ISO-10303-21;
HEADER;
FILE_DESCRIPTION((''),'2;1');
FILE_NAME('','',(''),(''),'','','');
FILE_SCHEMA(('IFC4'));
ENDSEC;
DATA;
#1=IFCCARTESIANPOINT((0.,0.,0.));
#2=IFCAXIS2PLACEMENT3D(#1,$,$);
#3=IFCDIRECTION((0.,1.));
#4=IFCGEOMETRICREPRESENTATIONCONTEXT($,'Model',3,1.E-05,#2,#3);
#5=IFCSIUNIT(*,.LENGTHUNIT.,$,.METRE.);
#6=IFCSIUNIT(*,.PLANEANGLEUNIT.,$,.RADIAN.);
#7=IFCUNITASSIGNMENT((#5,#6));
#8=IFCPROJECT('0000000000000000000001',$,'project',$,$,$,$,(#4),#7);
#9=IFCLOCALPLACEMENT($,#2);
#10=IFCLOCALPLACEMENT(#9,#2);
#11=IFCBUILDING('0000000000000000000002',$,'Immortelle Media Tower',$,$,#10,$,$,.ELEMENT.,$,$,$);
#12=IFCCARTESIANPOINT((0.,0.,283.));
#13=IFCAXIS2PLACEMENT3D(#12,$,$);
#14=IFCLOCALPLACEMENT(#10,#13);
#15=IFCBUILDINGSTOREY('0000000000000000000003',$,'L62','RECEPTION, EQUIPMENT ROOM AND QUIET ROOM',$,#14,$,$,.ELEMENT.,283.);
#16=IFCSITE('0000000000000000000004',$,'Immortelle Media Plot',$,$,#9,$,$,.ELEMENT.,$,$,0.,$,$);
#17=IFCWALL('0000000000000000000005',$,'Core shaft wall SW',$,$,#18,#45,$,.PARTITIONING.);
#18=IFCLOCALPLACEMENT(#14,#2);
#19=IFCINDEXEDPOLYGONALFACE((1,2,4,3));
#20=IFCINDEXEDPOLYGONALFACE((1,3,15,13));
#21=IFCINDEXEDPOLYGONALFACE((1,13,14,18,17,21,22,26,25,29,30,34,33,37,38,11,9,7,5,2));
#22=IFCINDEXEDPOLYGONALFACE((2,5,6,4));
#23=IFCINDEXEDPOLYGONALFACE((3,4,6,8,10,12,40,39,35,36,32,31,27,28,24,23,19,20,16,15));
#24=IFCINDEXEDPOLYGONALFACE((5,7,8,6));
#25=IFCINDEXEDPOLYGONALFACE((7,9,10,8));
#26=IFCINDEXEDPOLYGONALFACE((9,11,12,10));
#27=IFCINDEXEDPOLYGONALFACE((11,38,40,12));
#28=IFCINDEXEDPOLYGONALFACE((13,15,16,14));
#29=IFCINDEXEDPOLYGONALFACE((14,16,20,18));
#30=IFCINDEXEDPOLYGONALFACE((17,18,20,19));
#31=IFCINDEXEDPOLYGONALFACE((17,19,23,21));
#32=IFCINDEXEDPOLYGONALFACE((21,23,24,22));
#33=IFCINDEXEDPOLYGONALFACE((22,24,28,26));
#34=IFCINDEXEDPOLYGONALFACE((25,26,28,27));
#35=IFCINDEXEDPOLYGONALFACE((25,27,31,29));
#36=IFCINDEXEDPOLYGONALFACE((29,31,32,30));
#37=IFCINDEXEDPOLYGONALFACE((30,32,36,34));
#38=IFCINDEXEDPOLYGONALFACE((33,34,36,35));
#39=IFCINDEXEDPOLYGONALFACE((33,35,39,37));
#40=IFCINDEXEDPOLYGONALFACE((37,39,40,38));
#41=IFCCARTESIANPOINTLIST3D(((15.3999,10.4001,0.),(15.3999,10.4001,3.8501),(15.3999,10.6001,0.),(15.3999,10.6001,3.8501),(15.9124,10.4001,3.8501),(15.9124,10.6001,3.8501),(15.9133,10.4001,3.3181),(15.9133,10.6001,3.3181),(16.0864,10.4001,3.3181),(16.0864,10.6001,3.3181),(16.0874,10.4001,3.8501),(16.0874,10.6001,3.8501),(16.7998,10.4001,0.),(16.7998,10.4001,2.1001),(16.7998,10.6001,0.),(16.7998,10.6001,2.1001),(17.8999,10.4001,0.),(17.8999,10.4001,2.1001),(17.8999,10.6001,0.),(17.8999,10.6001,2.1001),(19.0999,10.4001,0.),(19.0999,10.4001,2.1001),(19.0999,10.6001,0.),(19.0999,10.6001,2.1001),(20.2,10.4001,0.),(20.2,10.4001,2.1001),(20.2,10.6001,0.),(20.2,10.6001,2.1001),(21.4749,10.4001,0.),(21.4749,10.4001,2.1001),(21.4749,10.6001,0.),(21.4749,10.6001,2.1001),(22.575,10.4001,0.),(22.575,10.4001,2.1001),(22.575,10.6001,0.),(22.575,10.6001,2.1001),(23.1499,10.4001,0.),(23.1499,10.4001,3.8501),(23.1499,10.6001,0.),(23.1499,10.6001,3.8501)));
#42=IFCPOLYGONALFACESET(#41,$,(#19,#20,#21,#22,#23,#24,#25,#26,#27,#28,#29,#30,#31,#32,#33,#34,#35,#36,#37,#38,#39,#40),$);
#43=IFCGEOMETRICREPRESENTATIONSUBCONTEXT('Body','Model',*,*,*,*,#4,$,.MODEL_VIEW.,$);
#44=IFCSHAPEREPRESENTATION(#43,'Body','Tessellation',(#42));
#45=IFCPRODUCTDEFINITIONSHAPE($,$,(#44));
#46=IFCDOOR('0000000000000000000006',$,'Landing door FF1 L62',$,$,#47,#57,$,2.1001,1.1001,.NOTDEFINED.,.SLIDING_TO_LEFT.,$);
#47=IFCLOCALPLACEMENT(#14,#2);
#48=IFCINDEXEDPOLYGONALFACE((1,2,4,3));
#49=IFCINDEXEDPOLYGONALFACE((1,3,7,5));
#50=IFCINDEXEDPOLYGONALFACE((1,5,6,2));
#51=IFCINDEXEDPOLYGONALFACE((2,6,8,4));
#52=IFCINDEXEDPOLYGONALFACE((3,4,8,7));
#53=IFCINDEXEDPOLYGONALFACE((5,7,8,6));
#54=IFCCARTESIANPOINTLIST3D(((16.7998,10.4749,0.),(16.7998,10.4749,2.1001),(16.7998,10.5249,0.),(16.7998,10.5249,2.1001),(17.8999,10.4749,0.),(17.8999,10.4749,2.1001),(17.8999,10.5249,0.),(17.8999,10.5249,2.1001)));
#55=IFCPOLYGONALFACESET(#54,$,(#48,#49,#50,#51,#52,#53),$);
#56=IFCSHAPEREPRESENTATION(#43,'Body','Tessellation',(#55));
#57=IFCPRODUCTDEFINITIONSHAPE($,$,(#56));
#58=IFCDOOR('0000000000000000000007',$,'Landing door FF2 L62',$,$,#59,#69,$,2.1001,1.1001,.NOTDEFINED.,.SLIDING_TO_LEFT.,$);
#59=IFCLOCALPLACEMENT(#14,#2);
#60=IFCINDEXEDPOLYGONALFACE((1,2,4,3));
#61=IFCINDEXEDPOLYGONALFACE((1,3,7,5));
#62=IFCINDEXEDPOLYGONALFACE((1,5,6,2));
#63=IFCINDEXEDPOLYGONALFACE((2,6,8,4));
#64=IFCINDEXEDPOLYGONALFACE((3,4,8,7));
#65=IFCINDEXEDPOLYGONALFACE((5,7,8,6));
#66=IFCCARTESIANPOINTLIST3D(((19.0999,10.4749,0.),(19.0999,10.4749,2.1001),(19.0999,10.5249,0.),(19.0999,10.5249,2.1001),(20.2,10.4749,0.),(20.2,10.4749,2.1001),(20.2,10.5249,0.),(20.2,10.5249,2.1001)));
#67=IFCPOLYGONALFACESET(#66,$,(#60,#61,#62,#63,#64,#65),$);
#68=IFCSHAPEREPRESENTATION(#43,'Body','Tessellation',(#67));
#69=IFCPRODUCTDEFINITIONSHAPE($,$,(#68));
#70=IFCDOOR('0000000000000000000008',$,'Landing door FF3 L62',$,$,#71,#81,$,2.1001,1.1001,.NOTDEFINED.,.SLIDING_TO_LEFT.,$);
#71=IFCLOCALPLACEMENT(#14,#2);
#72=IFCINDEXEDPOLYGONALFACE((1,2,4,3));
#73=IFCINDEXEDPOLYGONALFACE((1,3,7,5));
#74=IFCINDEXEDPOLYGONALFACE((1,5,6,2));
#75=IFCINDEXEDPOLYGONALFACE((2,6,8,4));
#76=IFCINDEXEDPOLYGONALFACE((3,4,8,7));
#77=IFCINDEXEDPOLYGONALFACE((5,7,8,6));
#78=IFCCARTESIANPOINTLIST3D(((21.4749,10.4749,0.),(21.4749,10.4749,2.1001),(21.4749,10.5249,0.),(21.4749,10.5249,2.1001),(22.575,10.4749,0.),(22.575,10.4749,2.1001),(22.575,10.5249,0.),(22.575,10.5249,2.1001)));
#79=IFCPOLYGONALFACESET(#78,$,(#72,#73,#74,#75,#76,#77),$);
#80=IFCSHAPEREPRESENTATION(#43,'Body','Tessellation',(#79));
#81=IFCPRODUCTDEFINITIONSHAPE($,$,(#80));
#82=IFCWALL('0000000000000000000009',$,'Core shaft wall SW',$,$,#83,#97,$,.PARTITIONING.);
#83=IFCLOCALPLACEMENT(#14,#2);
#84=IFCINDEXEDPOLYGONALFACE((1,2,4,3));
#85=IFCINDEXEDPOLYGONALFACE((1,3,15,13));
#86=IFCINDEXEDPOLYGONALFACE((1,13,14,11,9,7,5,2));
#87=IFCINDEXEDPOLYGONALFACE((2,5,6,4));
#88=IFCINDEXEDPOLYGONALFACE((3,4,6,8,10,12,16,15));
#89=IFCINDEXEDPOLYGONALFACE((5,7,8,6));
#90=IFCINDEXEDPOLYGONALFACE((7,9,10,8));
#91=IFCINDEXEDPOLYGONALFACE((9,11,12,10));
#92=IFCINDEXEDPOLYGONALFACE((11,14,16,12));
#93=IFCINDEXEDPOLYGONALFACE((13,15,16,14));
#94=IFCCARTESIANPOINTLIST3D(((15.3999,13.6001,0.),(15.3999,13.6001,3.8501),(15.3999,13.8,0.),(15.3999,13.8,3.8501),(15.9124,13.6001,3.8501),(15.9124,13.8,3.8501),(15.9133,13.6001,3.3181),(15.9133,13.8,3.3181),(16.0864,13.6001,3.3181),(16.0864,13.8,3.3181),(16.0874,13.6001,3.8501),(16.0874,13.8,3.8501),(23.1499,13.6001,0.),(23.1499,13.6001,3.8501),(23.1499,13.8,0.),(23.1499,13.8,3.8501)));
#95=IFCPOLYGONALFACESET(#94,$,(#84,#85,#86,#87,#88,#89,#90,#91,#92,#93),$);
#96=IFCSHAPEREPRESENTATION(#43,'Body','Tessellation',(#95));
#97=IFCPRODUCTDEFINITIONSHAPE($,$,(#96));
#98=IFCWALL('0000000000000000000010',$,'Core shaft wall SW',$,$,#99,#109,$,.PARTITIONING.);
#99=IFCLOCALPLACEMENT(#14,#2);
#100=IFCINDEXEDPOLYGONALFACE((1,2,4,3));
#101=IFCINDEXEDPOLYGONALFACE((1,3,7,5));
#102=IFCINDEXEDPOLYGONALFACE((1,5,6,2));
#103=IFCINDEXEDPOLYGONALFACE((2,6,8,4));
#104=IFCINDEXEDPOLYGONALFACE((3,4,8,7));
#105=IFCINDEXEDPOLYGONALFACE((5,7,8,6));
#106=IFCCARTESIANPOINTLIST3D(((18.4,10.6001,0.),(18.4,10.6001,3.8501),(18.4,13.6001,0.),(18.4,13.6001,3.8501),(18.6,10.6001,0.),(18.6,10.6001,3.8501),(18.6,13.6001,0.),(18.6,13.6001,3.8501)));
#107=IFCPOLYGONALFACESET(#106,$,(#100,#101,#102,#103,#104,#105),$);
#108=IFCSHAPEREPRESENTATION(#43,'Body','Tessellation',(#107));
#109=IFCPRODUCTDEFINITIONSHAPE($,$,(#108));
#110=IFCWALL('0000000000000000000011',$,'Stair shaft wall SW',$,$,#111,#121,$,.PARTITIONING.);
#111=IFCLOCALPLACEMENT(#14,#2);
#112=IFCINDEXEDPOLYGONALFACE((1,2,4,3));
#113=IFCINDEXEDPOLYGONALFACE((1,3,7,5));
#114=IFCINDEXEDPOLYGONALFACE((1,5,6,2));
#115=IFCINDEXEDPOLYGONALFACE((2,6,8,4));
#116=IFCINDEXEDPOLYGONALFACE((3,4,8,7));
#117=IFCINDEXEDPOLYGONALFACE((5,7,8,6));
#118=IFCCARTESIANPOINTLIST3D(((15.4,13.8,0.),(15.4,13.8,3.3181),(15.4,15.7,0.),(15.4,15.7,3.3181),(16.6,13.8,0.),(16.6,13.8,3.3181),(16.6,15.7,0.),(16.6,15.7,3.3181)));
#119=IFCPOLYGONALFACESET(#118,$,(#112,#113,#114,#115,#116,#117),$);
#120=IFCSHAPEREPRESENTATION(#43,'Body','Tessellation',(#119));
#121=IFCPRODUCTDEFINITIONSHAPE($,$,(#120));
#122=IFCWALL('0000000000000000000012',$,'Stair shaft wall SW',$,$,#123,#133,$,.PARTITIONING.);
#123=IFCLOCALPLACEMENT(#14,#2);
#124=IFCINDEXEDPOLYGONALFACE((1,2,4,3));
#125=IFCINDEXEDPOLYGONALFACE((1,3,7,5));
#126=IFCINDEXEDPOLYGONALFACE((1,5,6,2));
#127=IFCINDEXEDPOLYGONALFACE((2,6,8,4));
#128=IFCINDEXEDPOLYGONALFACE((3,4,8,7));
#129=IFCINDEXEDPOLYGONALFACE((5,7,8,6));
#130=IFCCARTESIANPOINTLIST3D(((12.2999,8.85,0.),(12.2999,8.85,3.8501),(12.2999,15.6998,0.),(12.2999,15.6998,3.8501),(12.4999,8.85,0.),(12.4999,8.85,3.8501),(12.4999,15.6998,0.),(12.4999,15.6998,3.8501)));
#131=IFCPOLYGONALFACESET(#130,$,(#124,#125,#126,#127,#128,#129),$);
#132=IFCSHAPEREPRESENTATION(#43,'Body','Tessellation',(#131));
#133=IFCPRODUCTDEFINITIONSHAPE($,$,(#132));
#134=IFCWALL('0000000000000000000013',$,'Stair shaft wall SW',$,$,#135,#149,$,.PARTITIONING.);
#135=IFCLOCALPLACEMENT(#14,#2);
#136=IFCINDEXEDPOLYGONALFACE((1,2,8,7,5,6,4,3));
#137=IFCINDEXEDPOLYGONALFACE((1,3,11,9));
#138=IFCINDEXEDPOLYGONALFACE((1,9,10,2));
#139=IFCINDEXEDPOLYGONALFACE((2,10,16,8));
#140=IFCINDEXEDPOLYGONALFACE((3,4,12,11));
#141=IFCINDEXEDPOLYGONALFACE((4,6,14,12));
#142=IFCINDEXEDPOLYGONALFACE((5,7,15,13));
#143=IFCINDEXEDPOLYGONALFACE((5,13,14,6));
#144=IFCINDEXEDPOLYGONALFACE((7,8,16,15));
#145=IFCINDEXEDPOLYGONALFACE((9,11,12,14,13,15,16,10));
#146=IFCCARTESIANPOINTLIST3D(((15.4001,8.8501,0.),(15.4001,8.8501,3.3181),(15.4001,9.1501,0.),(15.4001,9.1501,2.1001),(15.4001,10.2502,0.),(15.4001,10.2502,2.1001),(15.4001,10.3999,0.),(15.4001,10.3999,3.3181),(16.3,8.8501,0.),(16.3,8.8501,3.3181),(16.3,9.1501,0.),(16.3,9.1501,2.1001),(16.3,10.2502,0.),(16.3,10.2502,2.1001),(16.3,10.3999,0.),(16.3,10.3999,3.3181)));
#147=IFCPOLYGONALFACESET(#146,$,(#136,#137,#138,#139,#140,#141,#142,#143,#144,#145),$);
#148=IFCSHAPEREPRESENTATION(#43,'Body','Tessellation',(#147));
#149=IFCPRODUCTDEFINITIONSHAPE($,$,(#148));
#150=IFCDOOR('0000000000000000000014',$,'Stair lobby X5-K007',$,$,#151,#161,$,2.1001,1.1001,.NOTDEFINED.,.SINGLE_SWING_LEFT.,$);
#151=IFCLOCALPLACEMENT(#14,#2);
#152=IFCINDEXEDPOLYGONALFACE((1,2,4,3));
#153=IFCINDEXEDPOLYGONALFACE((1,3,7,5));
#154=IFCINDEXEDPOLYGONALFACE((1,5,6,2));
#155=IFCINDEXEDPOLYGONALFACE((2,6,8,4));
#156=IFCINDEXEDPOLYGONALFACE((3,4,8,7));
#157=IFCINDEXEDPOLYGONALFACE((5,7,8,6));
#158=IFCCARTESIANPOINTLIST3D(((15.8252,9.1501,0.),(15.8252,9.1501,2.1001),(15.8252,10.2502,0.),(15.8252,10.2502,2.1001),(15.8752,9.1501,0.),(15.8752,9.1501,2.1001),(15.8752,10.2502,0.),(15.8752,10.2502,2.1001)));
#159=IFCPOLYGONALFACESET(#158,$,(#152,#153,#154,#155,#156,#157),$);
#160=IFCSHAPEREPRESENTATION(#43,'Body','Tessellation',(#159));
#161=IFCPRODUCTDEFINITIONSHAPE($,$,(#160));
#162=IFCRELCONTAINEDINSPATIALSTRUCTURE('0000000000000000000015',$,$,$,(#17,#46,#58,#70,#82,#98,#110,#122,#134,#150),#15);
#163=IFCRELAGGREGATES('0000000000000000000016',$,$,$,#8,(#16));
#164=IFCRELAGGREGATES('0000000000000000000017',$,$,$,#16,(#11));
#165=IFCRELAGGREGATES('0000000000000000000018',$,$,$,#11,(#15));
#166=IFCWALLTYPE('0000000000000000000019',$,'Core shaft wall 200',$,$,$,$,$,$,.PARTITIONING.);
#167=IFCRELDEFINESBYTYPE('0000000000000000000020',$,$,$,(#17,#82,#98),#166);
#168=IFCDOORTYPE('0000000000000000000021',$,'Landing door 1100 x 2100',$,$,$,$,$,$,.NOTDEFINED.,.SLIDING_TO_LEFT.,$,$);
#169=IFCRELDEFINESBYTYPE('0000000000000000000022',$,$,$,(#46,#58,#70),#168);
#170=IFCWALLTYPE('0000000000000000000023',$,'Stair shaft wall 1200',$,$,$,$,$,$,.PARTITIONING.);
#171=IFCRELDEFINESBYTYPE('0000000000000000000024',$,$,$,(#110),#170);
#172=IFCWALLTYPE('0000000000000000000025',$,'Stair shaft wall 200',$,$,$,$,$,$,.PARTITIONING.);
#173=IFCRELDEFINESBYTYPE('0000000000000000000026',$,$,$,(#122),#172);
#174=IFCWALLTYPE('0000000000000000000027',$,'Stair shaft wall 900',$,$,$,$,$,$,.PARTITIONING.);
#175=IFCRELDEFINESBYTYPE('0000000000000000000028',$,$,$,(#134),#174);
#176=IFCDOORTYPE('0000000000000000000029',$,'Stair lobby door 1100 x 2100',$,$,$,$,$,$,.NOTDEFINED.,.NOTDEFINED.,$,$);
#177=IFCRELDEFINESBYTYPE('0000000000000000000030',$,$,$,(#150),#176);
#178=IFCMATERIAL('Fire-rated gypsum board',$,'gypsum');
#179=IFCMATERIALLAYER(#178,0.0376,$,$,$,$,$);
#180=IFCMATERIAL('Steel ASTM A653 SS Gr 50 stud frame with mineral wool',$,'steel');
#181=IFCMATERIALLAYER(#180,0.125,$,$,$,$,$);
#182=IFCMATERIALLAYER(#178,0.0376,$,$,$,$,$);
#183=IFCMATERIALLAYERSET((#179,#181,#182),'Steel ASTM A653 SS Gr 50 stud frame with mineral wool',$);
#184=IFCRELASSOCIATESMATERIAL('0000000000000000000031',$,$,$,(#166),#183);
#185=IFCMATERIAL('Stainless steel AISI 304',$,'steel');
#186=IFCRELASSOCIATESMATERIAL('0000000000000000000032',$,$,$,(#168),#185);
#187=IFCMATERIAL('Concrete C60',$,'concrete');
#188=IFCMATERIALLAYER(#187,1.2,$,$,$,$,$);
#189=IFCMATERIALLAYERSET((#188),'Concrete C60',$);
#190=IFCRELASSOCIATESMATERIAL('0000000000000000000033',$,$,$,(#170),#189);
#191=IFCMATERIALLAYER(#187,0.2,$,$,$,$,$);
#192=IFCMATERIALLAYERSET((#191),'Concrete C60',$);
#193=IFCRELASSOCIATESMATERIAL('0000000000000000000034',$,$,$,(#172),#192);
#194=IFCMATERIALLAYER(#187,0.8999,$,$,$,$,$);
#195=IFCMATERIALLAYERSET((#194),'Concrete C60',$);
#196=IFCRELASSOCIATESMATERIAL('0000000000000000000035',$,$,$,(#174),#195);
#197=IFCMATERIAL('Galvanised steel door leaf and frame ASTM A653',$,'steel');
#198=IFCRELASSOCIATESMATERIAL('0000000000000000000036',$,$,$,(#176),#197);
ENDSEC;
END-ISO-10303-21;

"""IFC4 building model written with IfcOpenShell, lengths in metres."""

from ifc_helpers import new_model, si_unit, direction, frame, frame_2d, origin, place, context, subcontext, project, spatial, polyline, rectangle, outline, extrude, material, layer, layer_set, type_object, element, fill, save


model = new_model("IFC4")

# Units and contexts
model_context = context("Model", 3, precision=1e-05, world=origin(), true_north=direction((0.0, 1.0)))
body_context = subcontext(model_context, "Body", "Model", "MODEL_VIEW")
ifc_project = project(units=[si_unit("LENGTHUNIT", "METRE"), si_unit("PLANEANGLEUNIT", "RADIAN")], contexts=[model_context])

# Site, building, storey
site_placement = place(None, origin())
site = spatial("IfcSite", under=ifc_project, at=site_placement, Name="Immortelle Media Plot", CompositionType="ELEMENT", RefElevation=0.0)
building_placement = place(site_placement, origin())
building = spatial("IfcBuilding", under=site, at=building_placement, Name="Immortelle Media Tower", CompositionType="ELEMENT")
storey_placement = place(building_placement, frame((0.0, 0.0, 283.0)))
storey = spatial("IfcBuildingStorey", under=building, at=storey_placement, Name="L62", Description="RECEPTION, EQUIPMENT ROOM AND QUIET ROOM", CompositionType="ELEMENT", Elevation=283.0)

# Wall, openings, doors
ifc_material_1 = material(Name="Fire-rated gypsum board", Category="gypsum")
ifc_layer_1 = layer(ifc_material_1, 0.0376)
ifc_material_2 = material(Name="Steel ASTM A653 SS Gr 50 stud frame with mineral wool", Category="steel")
ifc_layer_2 = layer(ifc_material_2, 0.125)
ifc_layer_3 = layer(ifc_material_1, 0.0376)
ifc_layer_set_1 = layer_set([ifc_layer_1, ifc_layer_2, ifc_layer_3], Name="Steel ASTM A653 SS Gr 50 stud frame with mineral wool")
wall_type_1 = type_object("IfcWallType", Name="Core shaft wall 200", PredefinedType="PARTITIONING", material=ifc_layer_set_1)
wall_1_placement = place(storey_placement, frame((15.3999, 10.5, 0.0), z_axis=(0.0, 0.0, 1.0), x_axis=(1.0, 0.0, 0.0)))
wall_1 = element("IfcWall", 1, at=wall_1_placement, inside=storey, type_object=wall_type_1, Name="Core shaft wall SW", PredefinedType="PARTITIONING", context=body_context, shape_type="SweptSolid", body=[
    extrude(outline(polyline([(0.0, 0.0), (7.75, 0.0), (7.75, 3.8501), (0.6875, 3.8501), (0.6865, 3.3181), (0.5134, 3.3181), (0.5125, 3.8501), (0.0, 3.8501), (0.0, 0.0)])), frame((0.0, 0.1001, 0.0), z_axis=(0.0, -1.0, 0.0), x_axis=(1.0, 0.0, 0.0)), (0.0, 0.0, 1.0), 0.2),
])
opening_1_placement = place(wall_1_placement, frame((1.3999, 0.0, 0.0)))
opening_1 = element("IfcOpeningElement", 2, at=opening_1_placement, cuts=wall_1, PredefinedType="OPENING", context=body_context, shape_type="SweptSolid", body=[
    extrude(rectangle(XDim=1.1001, YDim=2.1001, at=frame_2d((0.55, 1.05))), frame((0.0, 0.1099, 0.0), z_axis=(0.0, -1.0, 0.0), x_axis=(1.0, 0.0, 0.0)), (0.0, 0.0, 1.0), 0.22),
])
opening_2_placement = place(wall_1_placement, frame((3.7, 0.0, 0.0)))
opening_2 = element("IfcOpeningElement", 3, at=opening_2_placement, cuts=wall_1, PredefinedType="OPENING", context=body_context, shape_type="SweptSolid", body=[
    extrude(rectangle(XDim=1.1001, YDim=2.1001, at=frame_2d((0.55, 1.05))), frame((0.0, 0.1099, 0.0), z_axis=(0.0, -1.0, 0.0), x_axis=(1.0, 0.0, 0.0)), (0.0, 0.0, 1.0), 0.22),
])
opening_3_placement = place(wall_1_placement, frame((6.075, 0.0, 0.0)))
opening_3 = element("IfcOpeningElement", 4, at=opening_3_placement, cuts=wall_1, PredefinedType="OPENING", context=body_context, shape_type="SweptSolid", body=[
    extrude(rectangle(XDim=1.1001, YDim=2.1001, at=frame_2d((0.55, 1.05))), frame((0.0, 0.1099, 0.0), z_axis=(0.0, -1.0, 0.0), x_axis=(1.0, 0.0, 0.0)), (0.0, 0.0, 1.0), 0.22),
])
ifc_material_3 = material(Name="Stainless steel AISI 304", Category="steel")
door_type_1 = type_object("IfcDoorType", Name="Landing door 1100 x 2100", OperationType="SLIDING_TO_LEFT", PredefinedType="NOTDEFINED", material=ifc_material_3)
door_1_placement = place(opening_1_placement, origin())
door_1 = element("IfcDoor", 5, at=door_1_placement, inside=storey, type_object=door_type_1, Name="Landing door FF1 L62", OperationType="SLIDING_TO_LEFT", OverallHeight=2.1001, OverallWidth=1.1001, PredefinedType="NOTDEFINED", context=body_context, shape_type="SweptSolid", body=[
    extrude(rectangle(XDim=1.1001, YDim=2.1001, at=frame_2d((0.55, 1.05))), frame((0.0, 0.0249, 0.0), z_axis=(0.0, -1.0, 0.0), x_axis=(1.0, 0.0, 0.0)), (0.0, 0.0, 1.0), 0.05),
])
fill(opening_1, door_1)
door_2_placement = place(opening_2_placement, origin())
door_2 = element("IfcDoor", 6, at=door_2_placement, inside=storey, type_object=door_type_1, Name="Landing door FF2 L62", OperationType="SLIDING_TO_LEFT", OverallHeight=2.1001, OverallWidth=1.1001, PredefinedType="NOTDEFINED", context=body_context, shape_type="SweptSolid", body=[
    extrude(rectangle(XDim=1.1001, YDim=2.1001, at=frame_2d((0.55, 1.05))), frame((0.0, 0.0249, 0.0), z_axis=(0.0, -1.0, 0.0), x_axis=(1.0, 0.0, 0.0)), (0.0, 0.0, 1.0), 0.05),
])
fill(opening_2, door_2)
door_3_placement = place(opening_3_placement, origin())
door_3 = element("IfcDoor", 7, at=door_3_placement, inside=storey, type_object=door_type_1, Name="Landing door FF3 L62", OperationType="SLIDING_TO_LEFT", OverallHeight=2.1001, OverallWidth=1.1001, PredefinedType="NOTDEFINED", context=body_context, shape_type="SweptSolid", body=[
    extrude(rectangle(XDim=1.1001, YDim=2.1001, at=frame_2d((0.55, 1.05))), frame((0.0, 0.0249, 0.0), z_axis=(0.0, -1.0, 0.0), x_axis=(1.0, 0.0, 0.0)), (0.0, 0.0, 1.0), 0.05),
])
fill(opening_3, door_3)

# Walls
wall_2_placement = place(storey_placement, frame((15.3999, 13.7, 0.0), z_axis=(0.0, 0.0, 1.0), x_axis=(1.0, 0.0, 0.0)))
element("IfcWall", 8, at=wall_2_placement, inside=storey, type_object=wall_type_1, Name="Core shaft wall SW", PredefinedType="PARTITIONING", context=body_context, shape_type="SweptSolid", body=[
    extrude(outline(polyline([(0.0, 0.0), (7.75, 0.0), (7.75, 3.8501), (0.6875, 3.8501), (0.6865, 3.3181), (0.5134, 3.3181), (0.5125, 3.8501), (0.0, 3.8501), (0.0, 0.0)])), frame((0.0, 0.1001, 0.0), z_axis=(0.0, -1.0, 0.0), x_axis=(1.0, 0.0, 0.0)), (0.0, 0.0, 1.0), 0.2),
])
wall_3_placement = place(storey_placement, frame((18.5, 10.6001, 0.0), z_axis=(0.0, 0.0, 1.0), x_axis=(0.0, 1.0, 0.0)))
element("IfcWall", 9, at=wall_3_placement, inside=storey, type_object=wall_type_1, Name="Core shaft wall SW", PredefinedType="PARTITIONING", context=body_context, shape_type="SweptSolid", body=[
    extrude(rectangle(XDim=3.0, YDim=0.2, at=frame_2d((1.5, 0.0))), origin(), (0.0, 0.0, 1.0), 3.8501),
])
ifc_material_4 = material(Name="Concrete C60", Category="concrete")
ifc_layer_4 = layer(ifc_material_4, 1.2)
ifc_layer_set_2 = layer_set([ifc_layer_4], Name="Concrete C60")
wall_type_2 = type_object("IfcWallType", Name="Stair shaft wall 1200", PredefinedType="PARTITIONING", material=ifc_layer_set_2)
wall_4_placement = place(storey_placement, frame((16.0, 13.8, 0.0), z_axis=(0.0, 0.0, 1.0), x_axis=(0.0, 1.0, 0.0)))
element("IfcWall", 10, at=wall_4_placement, inside=storey, type_object=wall_type_2, Name="Stair shaft wall SW", PredefinedType="PARTITIONING", context=body_context, shape_type="SweptSolid", body=[
    extrude(rectangle(XDim=1.8999, YDim=1.2, at=frame_2d((0.95, 0.0))), origin(), (0.0, 0.0, 1.0), 3.3181),
])
ifc_layer_5 = layer(ifc_material_4, 0.2)
ifc_layer_set_3 = layer_set([ifc_layer_5], Name="Concrete C60")
wall_type_3 = type_object("IfcWallType", Name="Stair shaft wall 200", PredefinedType="PARTITIONING", material=ifc_layer_set_3)
wall_5_placement = place(storey_placement, frame((12.3999, 8.8501, 0.0), z_axis=(0.0, 0.0, 1.0), x_axis=(0.0, 1.0, 0.0)))
element("IfcWall", 11, at=wall_5_placement, inside=storey, type_object=wall_type_3, Name="Stair shaft wall SW", PredefinedType="PARTITIONING", context=body_context, shape_type="SweptSolid", body=[
    extrude(rectangle(XDim=6.8499, YDim=0.2, at=frame_2d((3.4248, 0.0))), origin(), (0.0, 0.0, 1.0), 3.8501),
])

# Wall, opening, door
ifc_layer_6 = layer(ifc_material_4, 0.8999)
ifc_layer_set_4 = layer_set([ifc_layer_6], Name="Concrete C60")
wall_type_4 = type_object("IfcWallType", Name="Stair shaft wall 900", PredefinedType="PARTITIONING", material=ifc_layer_set_4)
wall_6_placement = place(storey_placement, frame((15.8501, 8.8501, 0.0), z_axis=(0.0, 0.0, 1.0), x_axis=(0.0, 1.0, 0.0)))
wall_6 = element("IfcWall", 12, at=wall_6_placement, inside=storey, type_object=wall_type_4, Name="Stair shaft wall SW", PredefinedType="PARTITIONING", context=body_context, shape_type="SweptSolid", body=[
    extrude(rectangle(XDim=1.5498, YDim=0.8999, at=frame_2d((0.7749, 0.0))), origin(), (0.0, 0.0, 1.0), 3.3181),
])
opening_4_placement = place(wall_6_placement, frame((0.3, 0.0, 0.0)))
opening_4 = element("IfcOpeningElement", 13, at=opening_4_placement, cuts=wall_6, PredefinedType="OPENING", context=body_context, shape_type="SweptSolid", body=[
    extrude(rectangle(XDim=1.1001, YDim=2.1001, at=frame_2d((0.55, 1.05))), frame((0.0, 0.46, 0.0), z_axis=(0.0, -1.0, 0.0), x_axis=(1.0, 0.0, 0.0)), (0.0, 0.0, 1.0), 0.9199),
])
ifc_material_5 = material(Name="Galvanised steel door leaf and frame ASTM A653", Category="steel")
door_type_2 = type_object("IfcDoorType", Name="Stair lobby door 1100 x 2100", OperationType="NOTDEFINED", PredefinedType="NOTDEFINED", material=ifc_material_5)
door_4_placement = place(opening_4_placement, origin())
door_4 = element("IfcDoor", 14, at=door_4_placement, inside=storey, type_object=door_type_2, Name="Stair lobby X5-K007", OperationType="SINGLE_SWING_LEFT", OverallHeight=2.1001, OverallWidth=1.1001, PredefinedType="NOTDEFINED", context=body_context, shape_type="SweptSolid", body=[
    extrude(rectangle(XDim=1.1001, YDim=2.1001, at=frame_2d((0.55, 1.05))), frame((0.0, 0.0249, 0.0), z_axis=(0.0, -1.0, 0.0), x_axis=(1.0, 0.0, 0.0)), (0.0, 0.0, 1.0), 0.05),
])
fill(opening_4, door_4)

save(model, "model.ifc")
